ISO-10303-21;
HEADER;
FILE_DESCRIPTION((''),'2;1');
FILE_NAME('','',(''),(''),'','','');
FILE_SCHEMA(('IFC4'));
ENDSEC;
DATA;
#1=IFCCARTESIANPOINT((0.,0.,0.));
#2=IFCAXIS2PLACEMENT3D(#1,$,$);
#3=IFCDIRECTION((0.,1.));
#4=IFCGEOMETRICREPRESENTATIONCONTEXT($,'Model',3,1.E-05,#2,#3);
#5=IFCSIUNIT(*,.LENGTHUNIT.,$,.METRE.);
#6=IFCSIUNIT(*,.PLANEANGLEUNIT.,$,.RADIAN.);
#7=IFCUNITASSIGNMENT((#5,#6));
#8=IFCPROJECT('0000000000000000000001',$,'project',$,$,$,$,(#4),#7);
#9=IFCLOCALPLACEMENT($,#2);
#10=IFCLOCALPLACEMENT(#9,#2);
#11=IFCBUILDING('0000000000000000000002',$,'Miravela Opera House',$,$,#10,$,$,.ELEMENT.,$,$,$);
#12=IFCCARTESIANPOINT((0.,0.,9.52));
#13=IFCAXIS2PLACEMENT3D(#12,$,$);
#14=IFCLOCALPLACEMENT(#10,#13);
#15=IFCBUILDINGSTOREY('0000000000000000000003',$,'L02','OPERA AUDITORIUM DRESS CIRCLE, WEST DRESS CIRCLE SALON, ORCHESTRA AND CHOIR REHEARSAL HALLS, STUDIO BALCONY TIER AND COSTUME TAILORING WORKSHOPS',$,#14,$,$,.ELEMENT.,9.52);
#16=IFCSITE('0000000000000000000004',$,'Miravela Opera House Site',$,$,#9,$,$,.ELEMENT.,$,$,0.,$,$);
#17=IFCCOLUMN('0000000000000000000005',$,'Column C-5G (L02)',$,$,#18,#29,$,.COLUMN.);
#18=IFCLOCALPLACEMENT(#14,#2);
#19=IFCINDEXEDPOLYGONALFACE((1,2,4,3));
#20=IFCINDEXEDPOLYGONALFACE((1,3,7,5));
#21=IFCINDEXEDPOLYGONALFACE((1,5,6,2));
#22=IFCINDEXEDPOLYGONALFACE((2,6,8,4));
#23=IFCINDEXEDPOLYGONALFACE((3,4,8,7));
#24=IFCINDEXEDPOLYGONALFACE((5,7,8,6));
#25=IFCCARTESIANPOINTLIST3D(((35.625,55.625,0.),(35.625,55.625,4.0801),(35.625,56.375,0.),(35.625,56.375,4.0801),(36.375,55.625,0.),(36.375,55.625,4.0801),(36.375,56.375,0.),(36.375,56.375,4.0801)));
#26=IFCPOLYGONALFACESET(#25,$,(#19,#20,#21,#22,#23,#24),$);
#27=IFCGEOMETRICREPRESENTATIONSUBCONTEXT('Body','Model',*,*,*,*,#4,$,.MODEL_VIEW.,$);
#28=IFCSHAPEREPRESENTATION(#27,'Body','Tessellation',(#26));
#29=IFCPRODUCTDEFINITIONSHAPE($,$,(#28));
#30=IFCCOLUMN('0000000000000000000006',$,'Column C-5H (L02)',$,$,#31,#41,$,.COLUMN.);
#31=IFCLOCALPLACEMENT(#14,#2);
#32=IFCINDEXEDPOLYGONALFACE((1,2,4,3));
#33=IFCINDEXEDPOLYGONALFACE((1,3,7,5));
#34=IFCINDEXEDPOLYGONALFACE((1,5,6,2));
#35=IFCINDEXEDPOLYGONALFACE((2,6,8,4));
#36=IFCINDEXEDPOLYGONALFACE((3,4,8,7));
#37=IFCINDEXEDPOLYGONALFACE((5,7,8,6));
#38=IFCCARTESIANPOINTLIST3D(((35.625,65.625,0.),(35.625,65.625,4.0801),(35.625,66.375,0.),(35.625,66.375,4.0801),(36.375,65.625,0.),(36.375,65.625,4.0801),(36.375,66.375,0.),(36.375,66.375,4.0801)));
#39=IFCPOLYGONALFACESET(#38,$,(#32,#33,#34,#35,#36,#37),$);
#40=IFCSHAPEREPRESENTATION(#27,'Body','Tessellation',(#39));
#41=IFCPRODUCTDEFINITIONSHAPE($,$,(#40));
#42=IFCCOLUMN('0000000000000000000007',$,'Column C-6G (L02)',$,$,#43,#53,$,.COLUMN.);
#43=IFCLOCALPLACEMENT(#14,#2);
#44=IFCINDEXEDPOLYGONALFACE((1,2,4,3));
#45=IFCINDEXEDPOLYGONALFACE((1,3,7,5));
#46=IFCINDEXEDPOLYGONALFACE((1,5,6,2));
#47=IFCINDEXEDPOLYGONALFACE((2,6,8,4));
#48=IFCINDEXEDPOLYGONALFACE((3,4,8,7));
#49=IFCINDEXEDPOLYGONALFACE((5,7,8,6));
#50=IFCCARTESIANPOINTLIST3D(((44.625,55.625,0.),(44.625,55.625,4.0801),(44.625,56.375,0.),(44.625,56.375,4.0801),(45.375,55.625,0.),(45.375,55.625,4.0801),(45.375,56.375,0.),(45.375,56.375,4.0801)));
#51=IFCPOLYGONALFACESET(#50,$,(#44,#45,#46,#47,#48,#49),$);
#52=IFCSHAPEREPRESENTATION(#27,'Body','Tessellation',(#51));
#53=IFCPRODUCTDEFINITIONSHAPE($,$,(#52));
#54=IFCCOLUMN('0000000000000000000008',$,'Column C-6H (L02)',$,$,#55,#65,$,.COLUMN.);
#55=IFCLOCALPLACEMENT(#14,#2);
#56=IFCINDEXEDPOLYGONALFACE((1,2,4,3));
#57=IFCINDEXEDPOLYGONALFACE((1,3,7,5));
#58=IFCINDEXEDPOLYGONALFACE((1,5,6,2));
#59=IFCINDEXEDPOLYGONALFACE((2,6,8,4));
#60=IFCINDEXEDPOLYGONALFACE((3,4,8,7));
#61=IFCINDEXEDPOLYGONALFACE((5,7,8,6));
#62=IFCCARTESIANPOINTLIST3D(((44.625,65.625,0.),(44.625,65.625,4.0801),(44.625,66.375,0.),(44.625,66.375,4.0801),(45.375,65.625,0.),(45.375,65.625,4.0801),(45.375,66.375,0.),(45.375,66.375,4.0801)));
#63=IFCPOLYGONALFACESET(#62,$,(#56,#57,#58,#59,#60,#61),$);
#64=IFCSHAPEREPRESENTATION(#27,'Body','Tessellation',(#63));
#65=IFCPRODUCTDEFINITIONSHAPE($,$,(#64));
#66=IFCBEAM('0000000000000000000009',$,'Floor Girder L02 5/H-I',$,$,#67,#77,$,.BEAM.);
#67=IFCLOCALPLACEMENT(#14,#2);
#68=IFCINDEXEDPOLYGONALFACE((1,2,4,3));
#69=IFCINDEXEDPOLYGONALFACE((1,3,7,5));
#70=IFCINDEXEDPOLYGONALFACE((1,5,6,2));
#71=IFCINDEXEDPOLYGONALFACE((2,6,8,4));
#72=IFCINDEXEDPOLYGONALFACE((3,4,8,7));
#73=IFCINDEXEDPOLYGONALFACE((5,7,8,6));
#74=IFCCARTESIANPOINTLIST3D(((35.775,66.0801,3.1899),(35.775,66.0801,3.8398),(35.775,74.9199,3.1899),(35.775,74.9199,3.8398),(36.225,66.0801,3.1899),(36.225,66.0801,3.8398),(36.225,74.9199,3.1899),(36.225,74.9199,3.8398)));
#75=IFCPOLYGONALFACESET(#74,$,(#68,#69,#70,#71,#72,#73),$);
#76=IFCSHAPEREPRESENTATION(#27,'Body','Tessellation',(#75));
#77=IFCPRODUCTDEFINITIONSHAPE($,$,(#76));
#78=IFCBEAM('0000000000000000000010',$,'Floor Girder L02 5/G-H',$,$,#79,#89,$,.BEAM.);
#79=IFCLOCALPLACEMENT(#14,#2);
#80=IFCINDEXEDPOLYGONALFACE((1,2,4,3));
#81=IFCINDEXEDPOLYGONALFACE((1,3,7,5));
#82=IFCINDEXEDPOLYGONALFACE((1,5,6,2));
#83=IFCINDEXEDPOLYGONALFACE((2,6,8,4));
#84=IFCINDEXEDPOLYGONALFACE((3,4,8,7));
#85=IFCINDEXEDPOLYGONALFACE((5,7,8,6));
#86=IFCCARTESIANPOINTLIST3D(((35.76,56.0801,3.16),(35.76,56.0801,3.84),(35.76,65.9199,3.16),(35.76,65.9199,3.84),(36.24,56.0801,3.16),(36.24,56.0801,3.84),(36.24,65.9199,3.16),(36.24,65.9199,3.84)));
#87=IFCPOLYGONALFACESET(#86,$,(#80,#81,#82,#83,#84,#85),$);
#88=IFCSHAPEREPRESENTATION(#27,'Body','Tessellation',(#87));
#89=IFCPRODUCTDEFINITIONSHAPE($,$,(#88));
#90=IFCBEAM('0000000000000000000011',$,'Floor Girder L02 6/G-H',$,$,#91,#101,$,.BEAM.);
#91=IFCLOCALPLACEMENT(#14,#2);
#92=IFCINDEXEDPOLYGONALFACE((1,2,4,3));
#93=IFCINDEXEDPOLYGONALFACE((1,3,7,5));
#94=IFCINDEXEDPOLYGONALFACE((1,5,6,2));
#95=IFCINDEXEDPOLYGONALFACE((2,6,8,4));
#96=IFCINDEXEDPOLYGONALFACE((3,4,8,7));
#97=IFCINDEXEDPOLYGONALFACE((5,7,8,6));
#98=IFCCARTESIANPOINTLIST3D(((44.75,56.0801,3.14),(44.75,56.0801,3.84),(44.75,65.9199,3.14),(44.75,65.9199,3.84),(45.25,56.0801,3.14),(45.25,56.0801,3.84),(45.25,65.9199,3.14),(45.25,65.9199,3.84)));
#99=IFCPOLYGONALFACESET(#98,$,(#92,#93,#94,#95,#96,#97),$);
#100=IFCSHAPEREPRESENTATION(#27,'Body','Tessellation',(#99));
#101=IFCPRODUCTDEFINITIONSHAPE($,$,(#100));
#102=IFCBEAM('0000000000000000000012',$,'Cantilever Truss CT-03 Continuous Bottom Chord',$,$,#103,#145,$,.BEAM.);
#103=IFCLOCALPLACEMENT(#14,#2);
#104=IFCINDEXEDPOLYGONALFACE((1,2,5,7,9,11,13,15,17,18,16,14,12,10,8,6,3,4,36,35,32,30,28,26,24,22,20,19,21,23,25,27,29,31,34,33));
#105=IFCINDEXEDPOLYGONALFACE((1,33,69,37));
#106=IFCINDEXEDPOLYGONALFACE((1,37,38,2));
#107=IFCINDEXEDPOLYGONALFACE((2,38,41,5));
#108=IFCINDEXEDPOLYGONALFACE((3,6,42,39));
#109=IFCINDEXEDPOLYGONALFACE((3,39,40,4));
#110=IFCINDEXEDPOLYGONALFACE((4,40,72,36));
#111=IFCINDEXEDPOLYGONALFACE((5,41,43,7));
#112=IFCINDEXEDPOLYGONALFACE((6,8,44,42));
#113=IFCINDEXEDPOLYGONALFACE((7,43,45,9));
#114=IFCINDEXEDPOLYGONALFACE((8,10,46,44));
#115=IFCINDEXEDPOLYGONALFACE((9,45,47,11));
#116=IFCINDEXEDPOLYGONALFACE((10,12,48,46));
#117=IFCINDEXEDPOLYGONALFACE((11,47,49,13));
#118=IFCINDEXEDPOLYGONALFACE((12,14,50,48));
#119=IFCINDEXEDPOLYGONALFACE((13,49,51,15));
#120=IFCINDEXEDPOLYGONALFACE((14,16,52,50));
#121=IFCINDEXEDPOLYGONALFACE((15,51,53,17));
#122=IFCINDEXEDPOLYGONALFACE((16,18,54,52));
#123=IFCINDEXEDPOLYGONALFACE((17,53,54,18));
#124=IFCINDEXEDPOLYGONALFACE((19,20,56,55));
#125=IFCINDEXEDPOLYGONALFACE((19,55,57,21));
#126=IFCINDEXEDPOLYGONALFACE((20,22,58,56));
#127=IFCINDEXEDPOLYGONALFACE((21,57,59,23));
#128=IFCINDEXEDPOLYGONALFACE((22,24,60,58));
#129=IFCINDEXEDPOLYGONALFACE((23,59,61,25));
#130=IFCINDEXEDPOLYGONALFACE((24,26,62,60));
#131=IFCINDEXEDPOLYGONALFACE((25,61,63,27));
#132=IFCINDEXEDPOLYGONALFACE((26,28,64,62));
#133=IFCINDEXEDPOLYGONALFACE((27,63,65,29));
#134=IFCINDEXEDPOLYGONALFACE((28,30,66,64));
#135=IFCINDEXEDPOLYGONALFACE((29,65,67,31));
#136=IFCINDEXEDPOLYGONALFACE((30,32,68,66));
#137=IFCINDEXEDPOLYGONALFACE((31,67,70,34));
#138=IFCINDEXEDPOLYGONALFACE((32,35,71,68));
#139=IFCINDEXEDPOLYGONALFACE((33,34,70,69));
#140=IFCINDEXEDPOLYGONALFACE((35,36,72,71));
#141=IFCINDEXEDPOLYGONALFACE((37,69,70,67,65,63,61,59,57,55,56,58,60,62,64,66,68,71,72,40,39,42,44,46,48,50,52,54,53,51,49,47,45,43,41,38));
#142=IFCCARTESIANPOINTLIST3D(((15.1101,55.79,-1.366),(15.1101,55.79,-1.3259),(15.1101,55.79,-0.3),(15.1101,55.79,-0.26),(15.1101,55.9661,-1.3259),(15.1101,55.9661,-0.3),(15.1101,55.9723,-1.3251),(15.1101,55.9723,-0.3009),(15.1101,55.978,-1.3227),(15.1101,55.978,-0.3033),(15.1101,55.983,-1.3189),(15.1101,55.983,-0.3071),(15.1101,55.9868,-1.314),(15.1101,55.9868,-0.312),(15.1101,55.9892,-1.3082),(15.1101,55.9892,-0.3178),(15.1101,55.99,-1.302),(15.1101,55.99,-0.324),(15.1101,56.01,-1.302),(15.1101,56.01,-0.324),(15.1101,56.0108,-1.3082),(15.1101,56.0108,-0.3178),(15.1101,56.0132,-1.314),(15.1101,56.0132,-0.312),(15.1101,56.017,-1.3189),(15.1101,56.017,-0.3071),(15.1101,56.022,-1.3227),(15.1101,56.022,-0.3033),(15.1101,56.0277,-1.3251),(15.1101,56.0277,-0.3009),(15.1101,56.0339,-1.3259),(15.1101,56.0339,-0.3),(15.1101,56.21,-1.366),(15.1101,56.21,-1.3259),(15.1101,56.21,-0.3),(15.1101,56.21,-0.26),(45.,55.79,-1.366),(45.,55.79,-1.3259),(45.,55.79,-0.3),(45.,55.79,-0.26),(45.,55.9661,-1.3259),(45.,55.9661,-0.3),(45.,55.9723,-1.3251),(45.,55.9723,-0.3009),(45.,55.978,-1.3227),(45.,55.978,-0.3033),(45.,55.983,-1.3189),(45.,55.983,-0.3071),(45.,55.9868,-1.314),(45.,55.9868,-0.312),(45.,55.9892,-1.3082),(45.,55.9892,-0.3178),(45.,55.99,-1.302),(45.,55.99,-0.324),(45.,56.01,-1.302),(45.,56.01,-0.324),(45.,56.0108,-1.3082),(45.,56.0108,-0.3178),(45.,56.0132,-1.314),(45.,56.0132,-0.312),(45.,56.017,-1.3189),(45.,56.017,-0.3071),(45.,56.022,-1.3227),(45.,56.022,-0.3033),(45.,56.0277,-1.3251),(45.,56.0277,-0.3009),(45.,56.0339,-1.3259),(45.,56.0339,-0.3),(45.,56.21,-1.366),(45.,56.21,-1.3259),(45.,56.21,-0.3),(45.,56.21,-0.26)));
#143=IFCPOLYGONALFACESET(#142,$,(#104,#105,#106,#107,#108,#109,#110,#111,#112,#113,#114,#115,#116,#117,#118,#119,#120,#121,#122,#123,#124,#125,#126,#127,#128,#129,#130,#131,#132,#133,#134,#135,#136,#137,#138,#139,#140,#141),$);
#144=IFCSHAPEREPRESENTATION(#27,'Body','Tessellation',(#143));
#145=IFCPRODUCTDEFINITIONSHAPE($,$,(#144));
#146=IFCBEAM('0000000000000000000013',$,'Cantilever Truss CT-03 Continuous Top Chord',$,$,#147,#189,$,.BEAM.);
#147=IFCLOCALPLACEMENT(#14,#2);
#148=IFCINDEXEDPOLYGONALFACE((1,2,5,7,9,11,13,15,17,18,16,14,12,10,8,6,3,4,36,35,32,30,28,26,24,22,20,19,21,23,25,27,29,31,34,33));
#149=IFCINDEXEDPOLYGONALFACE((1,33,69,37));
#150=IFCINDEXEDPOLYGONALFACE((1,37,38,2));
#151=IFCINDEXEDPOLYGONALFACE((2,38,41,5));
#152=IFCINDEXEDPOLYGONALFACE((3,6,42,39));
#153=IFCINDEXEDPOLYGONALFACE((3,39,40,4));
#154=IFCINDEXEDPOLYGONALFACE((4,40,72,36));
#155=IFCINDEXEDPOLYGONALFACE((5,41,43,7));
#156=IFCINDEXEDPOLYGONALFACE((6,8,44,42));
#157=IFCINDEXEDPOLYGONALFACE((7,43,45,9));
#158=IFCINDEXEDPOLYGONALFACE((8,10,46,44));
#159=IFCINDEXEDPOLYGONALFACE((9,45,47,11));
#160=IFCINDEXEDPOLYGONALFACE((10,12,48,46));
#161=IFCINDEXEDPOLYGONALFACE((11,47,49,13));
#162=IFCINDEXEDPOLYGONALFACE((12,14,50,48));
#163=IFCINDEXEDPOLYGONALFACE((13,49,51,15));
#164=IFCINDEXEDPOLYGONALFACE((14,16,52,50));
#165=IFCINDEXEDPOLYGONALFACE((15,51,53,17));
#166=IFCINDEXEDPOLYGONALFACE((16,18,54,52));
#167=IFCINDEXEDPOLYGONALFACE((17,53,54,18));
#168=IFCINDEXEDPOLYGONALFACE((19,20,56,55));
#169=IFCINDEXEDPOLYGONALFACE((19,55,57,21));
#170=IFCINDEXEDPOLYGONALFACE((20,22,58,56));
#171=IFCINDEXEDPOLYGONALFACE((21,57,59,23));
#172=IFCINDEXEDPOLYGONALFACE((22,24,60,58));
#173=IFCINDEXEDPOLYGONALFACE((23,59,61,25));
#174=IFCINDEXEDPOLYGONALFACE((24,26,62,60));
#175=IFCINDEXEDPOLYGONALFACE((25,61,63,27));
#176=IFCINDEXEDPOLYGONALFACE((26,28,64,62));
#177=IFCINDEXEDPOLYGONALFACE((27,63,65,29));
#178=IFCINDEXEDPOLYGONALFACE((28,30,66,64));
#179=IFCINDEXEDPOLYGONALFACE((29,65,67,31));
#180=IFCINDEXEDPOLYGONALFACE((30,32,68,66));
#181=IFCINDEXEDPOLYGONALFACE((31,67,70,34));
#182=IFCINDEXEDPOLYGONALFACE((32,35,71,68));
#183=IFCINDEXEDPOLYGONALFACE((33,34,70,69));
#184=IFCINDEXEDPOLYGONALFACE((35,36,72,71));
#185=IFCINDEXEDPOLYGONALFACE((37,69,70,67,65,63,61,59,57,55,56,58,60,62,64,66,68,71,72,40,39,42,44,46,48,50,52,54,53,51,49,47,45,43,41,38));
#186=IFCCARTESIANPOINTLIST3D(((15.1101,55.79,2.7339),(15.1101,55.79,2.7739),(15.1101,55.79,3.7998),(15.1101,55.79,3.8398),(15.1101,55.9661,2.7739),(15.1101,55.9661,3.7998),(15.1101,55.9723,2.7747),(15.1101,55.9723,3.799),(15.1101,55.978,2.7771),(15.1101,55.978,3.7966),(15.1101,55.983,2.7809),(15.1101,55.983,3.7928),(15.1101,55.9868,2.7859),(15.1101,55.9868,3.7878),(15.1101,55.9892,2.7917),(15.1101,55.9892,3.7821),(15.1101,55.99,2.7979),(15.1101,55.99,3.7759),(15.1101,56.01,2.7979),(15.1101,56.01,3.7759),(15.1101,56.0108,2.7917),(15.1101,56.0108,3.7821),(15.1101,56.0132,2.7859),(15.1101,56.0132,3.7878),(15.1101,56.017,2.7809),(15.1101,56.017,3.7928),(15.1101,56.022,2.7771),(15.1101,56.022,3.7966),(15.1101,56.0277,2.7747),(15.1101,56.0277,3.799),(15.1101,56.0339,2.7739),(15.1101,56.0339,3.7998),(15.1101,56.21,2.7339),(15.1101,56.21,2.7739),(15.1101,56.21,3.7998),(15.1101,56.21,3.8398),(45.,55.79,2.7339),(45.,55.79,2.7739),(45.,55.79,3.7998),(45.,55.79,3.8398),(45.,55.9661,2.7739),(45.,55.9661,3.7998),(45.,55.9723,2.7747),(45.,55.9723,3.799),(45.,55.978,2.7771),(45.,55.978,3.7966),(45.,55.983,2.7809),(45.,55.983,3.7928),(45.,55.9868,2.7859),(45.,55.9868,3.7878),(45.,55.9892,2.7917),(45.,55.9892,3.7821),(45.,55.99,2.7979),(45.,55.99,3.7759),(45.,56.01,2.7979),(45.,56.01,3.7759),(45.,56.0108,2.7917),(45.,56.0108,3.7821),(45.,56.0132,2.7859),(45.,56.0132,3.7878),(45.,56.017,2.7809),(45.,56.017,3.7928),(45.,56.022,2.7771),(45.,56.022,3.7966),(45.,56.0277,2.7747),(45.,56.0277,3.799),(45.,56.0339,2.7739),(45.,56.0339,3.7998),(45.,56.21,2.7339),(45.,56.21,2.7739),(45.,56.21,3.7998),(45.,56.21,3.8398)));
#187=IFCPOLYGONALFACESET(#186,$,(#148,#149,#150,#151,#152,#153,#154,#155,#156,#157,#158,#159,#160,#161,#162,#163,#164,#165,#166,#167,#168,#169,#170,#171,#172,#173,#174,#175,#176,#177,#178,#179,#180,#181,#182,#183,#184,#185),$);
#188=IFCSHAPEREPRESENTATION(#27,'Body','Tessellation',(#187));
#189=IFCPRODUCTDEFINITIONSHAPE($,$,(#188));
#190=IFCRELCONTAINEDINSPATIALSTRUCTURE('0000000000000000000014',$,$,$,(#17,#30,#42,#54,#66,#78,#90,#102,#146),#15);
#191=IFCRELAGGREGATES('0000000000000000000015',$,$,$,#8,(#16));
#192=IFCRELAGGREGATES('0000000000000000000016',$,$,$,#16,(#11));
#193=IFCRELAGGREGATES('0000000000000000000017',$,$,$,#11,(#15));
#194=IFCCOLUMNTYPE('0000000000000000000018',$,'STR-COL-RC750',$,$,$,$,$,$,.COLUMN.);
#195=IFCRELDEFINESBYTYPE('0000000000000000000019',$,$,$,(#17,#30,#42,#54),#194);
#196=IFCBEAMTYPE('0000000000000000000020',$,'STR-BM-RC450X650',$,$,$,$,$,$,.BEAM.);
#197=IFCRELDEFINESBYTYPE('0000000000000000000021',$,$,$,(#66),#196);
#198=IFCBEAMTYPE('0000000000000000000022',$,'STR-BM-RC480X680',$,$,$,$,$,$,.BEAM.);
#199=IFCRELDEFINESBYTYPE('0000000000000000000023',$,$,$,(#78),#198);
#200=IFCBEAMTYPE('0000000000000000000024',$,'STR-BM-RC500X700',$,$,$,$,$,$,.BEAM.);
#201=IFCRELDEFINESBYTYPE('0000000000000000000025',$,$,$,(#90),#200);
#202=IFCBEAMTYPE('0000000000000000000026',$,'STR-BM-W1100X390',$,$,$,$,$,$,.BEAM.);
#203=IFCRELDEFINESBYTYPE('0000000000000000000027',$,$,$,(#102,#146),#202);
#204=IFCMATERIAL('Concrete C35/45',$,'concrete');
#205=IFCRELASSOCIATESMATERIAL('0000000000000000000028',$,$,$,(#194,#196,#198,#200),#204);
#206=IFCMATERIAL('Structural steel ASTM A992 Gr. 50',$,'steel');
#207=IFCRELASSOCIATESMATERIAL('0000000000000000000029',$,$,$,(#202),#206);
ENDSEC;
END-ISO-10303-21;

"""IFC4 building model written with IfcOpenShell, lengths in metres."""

from ifc_helpers import new_model, si_unit, direction, frame, origin, origin_2d, place, context, subcontext, project, spatial, rectangle, i_section, extrude, material, material_profile, profile_set, type_object, element, save


model = new_model("IFC4")

# Units and contexts
model_context = context("Model", 3, precision=1e-05, world=origin(), true_north=direction((0.0, 1.0)))
body_context = subcontext(model_context, "Body", "Model", "MODEL_VIEW")
ifc_project = project(units=[si_unit("LENGTHUNIT", "METRE"), si_unit("PLANEANGLEUNIT", "RADIAN")], contexts=[model_context])

# Site, building, storey
site_placement = place(None, origin())
site = spatial("IfcSite", under=ifc_project, at=site_placement, Name="Miravela Opera House Site", CompositionType="ELEMENT", RefElevation=0.0)
building_placement = place(site_placement, origin())
building = spatial("IfcBuilding", under=site, at=building_placement, Name="Miravela Opera House", CompositionType="ELEMENT")
storey_placement = place(building_placement, frame((0.0, 0.0, 9.52)))
storey = spatial("IfcBuildingStorey", under=building, at=storey_placement, Name="L02", Description="OPERA AUDITORIUM DRESS CIRCLE, WEST DRESS CIRCLE SALON, ORCHESTRA AND CHOIR REHEARSAL HALLS, STUDIO BALCONY TIER AND COSTUME TAILORING WORKSHOPS", CompositionType="ELEMENT", Elevation=9.52)

# Columns
ifc_material_1 = material(Name="Concrete C35/45", Category="concrete")
ifc_material_profile_1 = material_profile(ifc_material_1, rectangle(XDim=0.75, YDim=0.75, at=origin_2d()), Name="RC-COL-750X750")
ifc_profile_set_1 = profile_set([ifc_material_profile_1])
column_type = type_object("IfcColumnType", Name="STR-COL-RC750", PredefinedType="COLUMN", material=ifc_profile_set_1)
for number, where, z_axis, x_axis, name in (
    (1, (36.0, 56.0, 0.0), (0.0, 0.0, 1.0), (1.0, 0.0, 0.0), "Column C-5G (L02)"),
    (2, (36.0, 66.0, 0.0), (0.0, 0.0, 1.0), (1.0, 0.0, 0.0), "Column C-5H (L02)"),
    (3, (45.0, 56.0, 0.0), (0.0, 0.0, 1.0), (1.0, 0.0, 0.0), "Column C-6G (L02)"),
    (4, (45.0, 66.0, 0.0), (0.0, 0.0, 1.0), (1.0, 0.0, 0.0), "Column C-6H (L02)"),
):
    element("IfcColumn", number, at=place(storey_placement, frame(where, z_axis=z_axis, x_axis=x_axis)), inside=storey, type_object=column_type, Name=name, PredefinedType="COLUMN", context=body_context, shape_type="SweptSolid", body=[
        extrude(rectangle(XDim=0.75, YDim=0.75, at=origin_2d()), origin(), (0.0, 0.0, 1.0), 4.0801),
    ])

# Beams
ifc_material_profile_2 = material_profile(ifc_material_1, rectangle(XDim=0.45, YDim=0.6499, at=origin_2d()), Name="RC-BM-450X650")
ifc_profile_set_2 = profile_set([ifc_material_profile_2])
beam_type_1 = type_object("IfcBeamType", Name="STR-BM-RC450X650", PredefinedType="BEAM", material=ifc_profile_set_2)
beam_1_placement = place(storey_placement, frame((36.0, 66.0801, 3.5149), z_axis=(0.0, 1.0, 0.0), x_axis=(-1.0, 0.0, 0.0)))
element("IfcBeam", 5, at=beam_1_placement, inside=storey, type_object=beam_type_1, Name="Floor Girder L02 5/H-I", PredefinedType="BEAM", context=body_context, shape_type="SweptSolid", body=[
    extrude(rectangle(XDim=0.45, YDim=0.6499, at=origin_2d()), origin(), (0.0, 0.0, 1.0), 8.8398),
])
ifc_material_profile_3 = material_profile(ifc_material_1, rectangle(XDim=0.48, YDim=0.6799, at=origin_2d()), Name="RC-BM-480X680")
ifc_profile_set_3 = profile_set([ifc_material_profile_3])
beam_type_2 = type_object("IfcBeamType", Name="STR-BM-RC480X680", PredefinedType="BEAM", material=ifc_profile_set_3)
beam_2_placement = place(storey_placement, frame((36.0, 56.0801, 3.5), z_axis=(0.0, 1.0, 0.0), x_axis=(-1.0, 0.0, 0.0)))
element("IfcBeam", 6, at=beam_2_placement, inside=storey, type_object=beam_type_2, Name="Floor Girder L02 5/G-H", PredefinedType="BEAM", context=body_context, shape_type="SweptSolid", body=[
    extrude(rectangle(XDim=0.48, YDim=0.6799, at=origin_2d()), origin(), (0.0, 0.0, 1.0), 9.8398),
])
ifc_material_profile_4 = material_profile(ifc_material_1, rectangle(XDim=0.5, YDim=0.7, at=origin_2d()), Name="RC-BM-500X700")
ifc_profile_set_4 = profile_set([ifc_material_profile_4])
beam_type_3 = type_object("IfcBeamType", Name="STR-BM-RC500X700", PredefinedType="BEAM", material=ifc_profile_set_4)
beam_3_placement = place(storey_placement, frame((45.0, 56.0801, 3.49), z_axis=(0.0, 1.0, 0.0), x_axis=(-1.0, 0.0, 0.0)))
element("IfcBeam", 7, at=beam_3_placement, inside=storey, type_object=beam_type_3, Name="Floor Girder L02 6/G-H", PredefinedType="BEAM", context=body_context, shape_type="SweptSolid", body=[
    extrude(rectangle(XDim=0.5, YDim=0.7, at=origin_2d()), origin(), (0.0, 0.0, 1.0), 9.8398),
])
ifc_material_2 = material(Name="Structural steel ASTM A992 Gr. 50", Category="steel")
ifc_material_profile_5 = material_profile(ifc_material_2, i_section(OverallWidth=0.4199, OverallDepth=1.106, WebThickness=0.02, FlangeThickness=0.04, FilletRadius=0.0239, at=origin_2d()), Name="W1100X390")
ifc_profile_set_5 = profile_set([ifc_material_profile_5])
beam_type_4 = type_object("IfcBeamType", Name="STR-BM-W1100X390", PredefinedType="BEAM", material=ifc_profile_set_5)
for number, where, z_axis, x_axis, name in (
    (8, (45.0, 56.0, -0.813), (-1.0, 0.0, 0.0), (0.0, -1.0, 0.0), "Cantilever Truss CT-03 Continuous Bottom Chord"),
    (9, (45.0, 56.0, 3.2869), (-1.0, 0.0, 0.0), (0.0, -1.0, 0.0), "Cantilever Truss CT-03 Continuous Top Chord"),
):
    element("IfcBeam", number, at=place(storey_placement, frame(where, z_axis=z_axis, x_axis=x_axis)), inside=storey, type_object=beam_type_4, Name=name, PredefinedType="BEAM", context=body_context, shape_type="SweptSolid", body=[
        extrude(i_section(OverallWidth=0.4199, OverallDepth=1.106, WebThickness=0.02, FlangeThickness=0.04, FilletRadius=0.0239, at=origin_2d()), origin(), (0.0, 0.0, 1.0), 29.8899),
    ])

save(model, "model.ifc")
